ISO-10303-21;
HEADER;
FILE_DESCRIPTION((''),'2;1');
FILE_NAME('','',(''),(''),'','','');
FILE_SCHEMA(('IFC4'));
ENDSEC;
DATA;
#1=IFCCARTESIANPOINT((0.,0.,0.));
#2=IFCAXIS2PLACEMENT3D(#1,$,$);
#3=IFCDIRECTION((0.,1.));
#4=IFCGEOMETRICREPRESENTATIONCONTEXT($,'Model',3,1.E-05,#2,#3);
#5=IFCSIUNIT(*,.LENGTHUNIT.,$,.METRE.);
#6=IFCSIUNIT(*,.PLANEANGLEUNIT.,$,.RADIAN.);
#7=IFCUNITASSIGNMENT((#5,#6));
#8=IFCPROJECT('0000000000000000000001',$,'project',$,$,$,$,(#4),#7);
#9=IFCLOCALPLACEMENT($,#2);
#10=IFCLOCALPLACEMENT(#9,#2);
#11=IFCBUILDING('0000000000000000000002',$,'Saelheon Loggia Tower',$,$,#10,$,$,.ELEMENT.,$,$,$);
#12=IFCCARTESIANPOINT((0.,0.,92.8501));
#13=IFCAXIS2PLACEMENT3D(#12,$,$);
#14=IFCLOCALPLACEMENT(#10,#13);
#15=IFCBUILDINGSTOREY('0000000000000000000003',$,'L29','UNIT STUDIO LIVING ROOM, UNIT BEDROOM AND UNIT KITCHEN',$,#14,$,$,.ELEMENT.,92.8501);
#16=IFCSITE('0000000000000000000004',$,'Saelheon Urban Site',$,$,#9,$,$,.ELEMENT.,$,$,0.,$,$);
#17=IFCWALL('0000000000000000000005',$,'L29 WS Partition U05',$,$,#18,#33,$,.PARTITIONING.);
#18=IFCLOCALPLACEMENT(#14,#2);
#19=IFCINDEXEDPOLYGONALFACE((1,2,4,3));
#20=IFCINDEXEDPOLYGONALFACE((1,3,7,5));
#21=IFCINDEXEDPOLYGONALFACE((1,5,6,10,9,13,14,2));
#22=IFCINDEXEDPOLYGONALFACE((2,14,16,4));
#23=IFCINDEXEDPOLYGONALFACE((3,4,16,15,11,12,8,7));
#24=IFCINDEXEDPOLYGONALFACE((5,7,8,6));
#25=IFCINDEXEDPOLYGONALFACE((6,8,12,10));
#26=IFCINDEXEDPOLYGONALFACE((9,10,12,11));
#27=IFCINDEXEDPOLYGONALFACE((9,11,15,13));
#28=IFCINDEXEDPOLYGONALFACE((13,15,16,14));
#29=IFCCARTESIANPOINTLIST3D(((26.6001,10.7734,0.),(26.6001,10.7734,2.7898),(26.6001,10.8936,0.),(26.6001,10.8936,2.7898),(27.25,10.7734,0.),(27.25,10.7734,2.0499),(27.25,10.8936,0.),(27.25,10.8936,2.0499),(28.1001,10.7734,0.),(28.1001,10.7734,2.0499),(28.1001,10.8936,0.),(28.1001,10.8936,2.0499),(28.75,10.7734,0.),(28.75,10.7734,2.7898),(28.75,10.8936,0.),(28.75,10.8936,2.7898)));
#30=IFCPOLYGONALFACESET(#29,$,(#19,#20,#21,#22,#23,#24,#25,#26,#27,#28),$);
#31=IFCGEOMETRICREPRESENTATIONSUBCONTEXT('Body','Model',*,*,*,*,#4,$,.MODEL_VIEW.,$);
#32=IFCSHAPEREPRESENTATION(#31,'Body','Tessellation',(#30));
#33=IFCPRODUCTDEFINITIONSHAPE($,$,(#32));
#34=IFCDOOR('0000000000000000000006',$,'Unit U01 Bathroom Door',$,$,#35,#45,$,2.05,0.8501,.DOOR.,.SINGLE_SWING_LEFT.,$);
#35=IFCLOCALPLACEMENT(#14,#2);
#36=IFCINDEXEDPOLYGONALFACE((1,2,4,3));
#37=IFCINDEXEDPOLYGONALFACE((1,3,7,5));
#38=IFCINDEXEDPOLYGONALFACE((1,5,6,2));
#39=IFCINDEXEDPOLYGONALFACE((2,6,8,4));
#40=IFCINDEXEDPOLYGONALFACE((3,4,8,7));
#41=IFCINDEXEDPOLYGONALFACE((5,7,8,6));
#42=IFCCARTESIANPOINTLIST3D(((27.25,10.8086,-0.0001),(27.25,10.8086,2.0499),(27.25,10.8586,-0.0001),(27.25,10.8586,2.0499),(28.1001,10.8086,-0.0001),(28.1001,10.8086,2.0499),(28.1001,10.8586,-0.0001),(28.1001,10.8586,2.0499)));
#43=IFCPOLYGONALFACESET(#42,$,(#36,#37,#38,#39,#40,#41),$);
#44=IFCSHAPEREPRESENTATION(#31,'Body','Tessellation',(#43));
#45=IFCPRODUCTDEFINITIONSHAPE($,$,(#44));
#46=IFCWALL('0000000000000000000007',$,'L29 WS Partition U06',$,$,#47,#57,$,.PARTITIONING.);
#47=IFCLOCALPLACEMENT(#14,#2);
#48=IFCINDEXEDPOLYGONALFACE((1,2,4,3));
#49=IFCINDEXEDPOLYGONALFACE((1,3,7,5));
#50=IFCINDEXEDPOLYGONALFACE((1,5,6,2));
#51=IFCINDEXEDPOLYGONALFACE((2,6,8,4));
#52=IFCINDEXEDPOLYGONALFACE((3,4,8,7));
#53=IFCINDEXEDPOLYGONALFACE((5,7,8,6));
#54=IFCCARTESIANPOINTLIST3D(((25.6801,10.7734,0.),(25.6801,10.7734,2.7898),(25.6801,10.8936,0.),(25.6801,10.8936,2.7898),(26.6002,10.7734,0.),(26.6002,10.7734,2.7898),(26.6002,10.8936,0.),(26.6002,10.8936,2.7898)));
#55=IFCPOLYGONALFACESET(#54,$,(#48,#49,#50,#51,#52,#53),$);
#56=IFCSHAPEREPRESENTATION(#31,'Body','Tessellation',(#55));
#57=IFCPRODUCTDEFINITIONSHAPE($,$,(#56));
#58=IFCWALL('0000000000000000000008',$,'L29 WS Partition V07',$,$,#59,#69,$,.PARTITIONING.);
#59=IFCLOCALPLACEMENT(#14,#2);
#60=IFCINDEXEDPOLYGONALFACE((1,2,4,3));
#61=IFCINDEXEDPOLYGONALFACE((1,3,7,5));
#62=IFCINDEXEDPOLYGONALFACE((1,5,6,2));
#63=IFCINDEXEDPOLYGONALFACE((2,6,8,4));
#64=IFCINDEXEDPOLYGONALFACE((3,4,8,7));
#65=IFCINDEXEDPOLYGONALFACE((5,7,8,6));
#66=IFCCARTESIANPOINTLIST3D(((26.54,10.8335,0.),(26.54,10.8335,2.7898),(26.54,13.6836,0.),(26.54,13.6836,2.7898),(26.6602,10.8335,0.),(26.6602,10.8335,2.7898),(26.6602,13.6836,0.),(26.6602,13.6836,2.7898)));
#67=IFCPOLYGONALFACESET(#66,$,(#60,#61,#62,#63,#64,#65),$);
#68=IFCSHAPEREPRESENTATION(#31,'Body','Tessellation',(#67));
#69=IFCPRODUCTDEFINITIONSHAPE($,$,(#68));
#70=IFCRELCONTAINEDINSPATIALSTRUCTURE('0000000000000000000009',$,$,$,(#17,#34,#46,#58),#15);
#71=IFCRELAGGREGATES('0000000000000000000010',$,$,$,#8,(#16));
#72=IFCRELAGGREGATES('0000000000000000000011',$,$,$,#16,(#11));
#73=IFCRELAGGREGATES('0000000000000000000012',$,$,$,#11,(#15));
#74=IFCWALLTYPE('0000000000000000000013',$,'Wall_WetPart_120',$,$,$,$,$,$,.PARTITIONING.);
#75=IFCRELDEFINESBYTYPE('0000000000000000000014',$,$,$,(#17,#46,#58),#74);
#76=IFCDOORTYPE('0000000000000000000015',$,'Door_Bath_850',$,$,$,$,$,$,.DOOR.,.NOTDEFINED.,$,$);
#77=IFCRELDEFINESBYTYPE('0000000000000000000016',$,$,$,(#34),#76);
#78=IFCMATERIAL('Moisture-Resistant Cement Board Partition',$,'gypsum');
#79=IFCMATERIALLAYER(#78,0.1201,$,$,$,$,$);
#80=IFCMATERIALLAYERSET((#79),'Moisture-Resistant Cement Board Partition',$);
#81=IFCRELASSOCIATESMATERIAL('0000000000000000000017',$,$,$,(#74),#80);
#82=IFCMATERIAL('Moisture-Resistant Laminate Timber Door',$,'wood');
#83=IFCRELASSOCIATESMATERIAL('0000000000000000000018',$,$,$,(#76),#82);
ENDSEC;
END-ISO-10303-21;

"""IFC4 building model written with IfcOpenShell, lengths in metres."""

from ifc_helpers import new_model, si_unit, direction, frame, frame_2d, origin, place, context, subcontext, project, spatial, rectangle, extrude, source, transform, mapped, material, layer, layer_set, type_object, element, fill, save


model = new_model("IFC4")

# Units and contexts
model_context = context("Model", 3, precision=1e-05, world=origin(), true_north=direction((0.0, 1.0)))
body_context = subcontext(model_context, "Body", "Model", "MODEL_VIEW")
ifc_project = project(units=[si_unit("LENGTHUNIT", "METRE"), si_unit("PLANEANGLEUNIT", "RADIAN")], contexts=[model_context])

# Site, building, storey
site_placement = place(None, origin())
site = spatial("IfcSite", under=ifc_project, at=site_placement, Name="Saelheon Urban Site", CompositionType="ELEMENT", RefElevation=0.0)
building_placement = place(site_placement, origin())
building = spatial("IfcBuilding", under=site, at=building_placement, Name="Saelheon Loggia Tower", CompositionType="ELEMENT")
storey_placement = place(building_placement, frame((0.0, 0.0, 92.8501)))
storey = spatial("IfcBuildingStorey", under=building, at=storey_placement, Name="L29", Description="UNIT STUDIO LIVING ROOM, UNIT BEDROOM AND UNIT KITCHEN", CompositionType="ELEMENT", Elevation=92.8501)

# Shared definitions
ifc_material_1 = material(Name="Moisture-Resistant Cement Board Partition", Category="gypsum")
ifc_layer_1 = layer(ifc_material_1, 0.1201)
ifc_layer_set_1 = layer_set([ifc_layer_1], Name="Moisture-Resistant Cement Board Partition")
wall_type_1 = type_object("IfcWallType", Name="Wall_WetPart_120", PredefinedType="PARTITIONING", material=ifc_layer_set_1)

# Wall, opening, door
wall_1_placement = place(storey_placement, frame((28.75, 10.8335, 0.0), z_axis=(0.0, 0.0, 1.0), x_axis=(-1.0, 0.0, 0.0)))
wall_1 = element("IfcWall", 1, at=wall_1_placement, inside=storey, type_object=wall_type_1, Name="L29 WS Partition U05", PredefinedType="PARTITIONING", context=body_context, shape_type="SweptSolid", body=[
    extrude(rectangle(XDim=2.1499, YDim=0.1201, at=frame_2d((1.075, 0.0))), origin(), (0.0, 0.0, 1.0), 2.7898),
])
opening_1_placement = place(wall_1_placement, frame((0.6499, 0.0, 0.0)))
opening_1 = element("IfcOpeningElement", 2, at=opening_1_placement, cuts=wall_1, PredefinedType="OPENING", context=body_context, shape_type="SweptSolid", body=[
    extrude(rectangle(XDim=0.8501, YDim=2.05, at=frame_2d((0.425, 1.0249))), frame((0.0, 0.072, 0.0), z_axis=(0.0, -1.0, 0.0), x_axis=(1.0, 0.0, 0.0)), (0.0, 0.0, 1.0), 0.144),
])
ifc_material_2 = material(Name="Moisture-Resistant Laminate Timber Door", Category="wood")
door_type_1 = type_object("IfcDoorType", Name="Door_Bath_850", OperationType="NOTDEFINED", PredefinedType="DOOR", material=ifc_material_2)
shared_shape_1 = source(origin(), body_context, "Body", "SweptSolid", [
    extrude(rectangle(XDim=0.8501, YDim=2.05, at=frame_2d((0.425, 1.0249))), frame((0.0, 0.0249, 0.0), z_axis=(0.0, -1.0, 0.0), x_axis=(1.0, 0.0, 0.0)), (0.0, 0.0, 1.0), 0.05),
])
door_1_placement = place(opening_1_placement, origin())
door_1 = element("IfcDoor", 3, at=door_1_placement, inside=storey, type_object=door_type_1, Name="Unit U01 Bathroom Door", OperationType="SINGLE_SWING_LEFT", OverallHeight=2.05, OverallWidth=0.8501, PredefinedType="DOOR", context=body_context, shape_type="MappedRepresentation", body=[
    mapped(shared_shape_1, transform((0.0, 0.0, 0.0), scale=1.0)),
])
fill(opening_1, door_1)

# Walls
wall_2_placement = place(storey_placement, frame((26.6001, 10.8335, 0.0), z_axis=(0.0, 0.0, 1.0), x_axis=(-1.0, 0.0, 0.0)))
element("IfcWall", 4, at=wall_2_placement, inside=storey, type_object=wall_type_1, Name="L29 WS Partition U06", PredefinedType="PARTITIONING", context=body_context, shape_type="SweptSolid", body=[
    extrude(rectangle(XDim=0.9202, YDim=0.1201, at=frame_2d((0.46, 0.0))), origin(), (0.0, 0.0, 1.0), 2.7898),
])
wall_3_placement = place(storey_placement, frame((26.6001, 10.8335, 0.0), z_axis=(0.0, 0.0, 1.0), x_axis=(0.0, 1.0, 0.0)))
element("IfcWall", 5, at=wall_3_placement, inside=storey, type_object=wall_type_1, Name="L29 WS Partition V07", PredefinedType="PARTITIONING", context=body_context, shape_type="SweptSolid", body=[
    extrude(rectangle(XDim=2.8501, YDim=0.1201, at=frame_2d((1.425, 0.0))), origin(), (0.0, 0.0, 1.0), 2.7898),
])

save(model, "model.ifc")
